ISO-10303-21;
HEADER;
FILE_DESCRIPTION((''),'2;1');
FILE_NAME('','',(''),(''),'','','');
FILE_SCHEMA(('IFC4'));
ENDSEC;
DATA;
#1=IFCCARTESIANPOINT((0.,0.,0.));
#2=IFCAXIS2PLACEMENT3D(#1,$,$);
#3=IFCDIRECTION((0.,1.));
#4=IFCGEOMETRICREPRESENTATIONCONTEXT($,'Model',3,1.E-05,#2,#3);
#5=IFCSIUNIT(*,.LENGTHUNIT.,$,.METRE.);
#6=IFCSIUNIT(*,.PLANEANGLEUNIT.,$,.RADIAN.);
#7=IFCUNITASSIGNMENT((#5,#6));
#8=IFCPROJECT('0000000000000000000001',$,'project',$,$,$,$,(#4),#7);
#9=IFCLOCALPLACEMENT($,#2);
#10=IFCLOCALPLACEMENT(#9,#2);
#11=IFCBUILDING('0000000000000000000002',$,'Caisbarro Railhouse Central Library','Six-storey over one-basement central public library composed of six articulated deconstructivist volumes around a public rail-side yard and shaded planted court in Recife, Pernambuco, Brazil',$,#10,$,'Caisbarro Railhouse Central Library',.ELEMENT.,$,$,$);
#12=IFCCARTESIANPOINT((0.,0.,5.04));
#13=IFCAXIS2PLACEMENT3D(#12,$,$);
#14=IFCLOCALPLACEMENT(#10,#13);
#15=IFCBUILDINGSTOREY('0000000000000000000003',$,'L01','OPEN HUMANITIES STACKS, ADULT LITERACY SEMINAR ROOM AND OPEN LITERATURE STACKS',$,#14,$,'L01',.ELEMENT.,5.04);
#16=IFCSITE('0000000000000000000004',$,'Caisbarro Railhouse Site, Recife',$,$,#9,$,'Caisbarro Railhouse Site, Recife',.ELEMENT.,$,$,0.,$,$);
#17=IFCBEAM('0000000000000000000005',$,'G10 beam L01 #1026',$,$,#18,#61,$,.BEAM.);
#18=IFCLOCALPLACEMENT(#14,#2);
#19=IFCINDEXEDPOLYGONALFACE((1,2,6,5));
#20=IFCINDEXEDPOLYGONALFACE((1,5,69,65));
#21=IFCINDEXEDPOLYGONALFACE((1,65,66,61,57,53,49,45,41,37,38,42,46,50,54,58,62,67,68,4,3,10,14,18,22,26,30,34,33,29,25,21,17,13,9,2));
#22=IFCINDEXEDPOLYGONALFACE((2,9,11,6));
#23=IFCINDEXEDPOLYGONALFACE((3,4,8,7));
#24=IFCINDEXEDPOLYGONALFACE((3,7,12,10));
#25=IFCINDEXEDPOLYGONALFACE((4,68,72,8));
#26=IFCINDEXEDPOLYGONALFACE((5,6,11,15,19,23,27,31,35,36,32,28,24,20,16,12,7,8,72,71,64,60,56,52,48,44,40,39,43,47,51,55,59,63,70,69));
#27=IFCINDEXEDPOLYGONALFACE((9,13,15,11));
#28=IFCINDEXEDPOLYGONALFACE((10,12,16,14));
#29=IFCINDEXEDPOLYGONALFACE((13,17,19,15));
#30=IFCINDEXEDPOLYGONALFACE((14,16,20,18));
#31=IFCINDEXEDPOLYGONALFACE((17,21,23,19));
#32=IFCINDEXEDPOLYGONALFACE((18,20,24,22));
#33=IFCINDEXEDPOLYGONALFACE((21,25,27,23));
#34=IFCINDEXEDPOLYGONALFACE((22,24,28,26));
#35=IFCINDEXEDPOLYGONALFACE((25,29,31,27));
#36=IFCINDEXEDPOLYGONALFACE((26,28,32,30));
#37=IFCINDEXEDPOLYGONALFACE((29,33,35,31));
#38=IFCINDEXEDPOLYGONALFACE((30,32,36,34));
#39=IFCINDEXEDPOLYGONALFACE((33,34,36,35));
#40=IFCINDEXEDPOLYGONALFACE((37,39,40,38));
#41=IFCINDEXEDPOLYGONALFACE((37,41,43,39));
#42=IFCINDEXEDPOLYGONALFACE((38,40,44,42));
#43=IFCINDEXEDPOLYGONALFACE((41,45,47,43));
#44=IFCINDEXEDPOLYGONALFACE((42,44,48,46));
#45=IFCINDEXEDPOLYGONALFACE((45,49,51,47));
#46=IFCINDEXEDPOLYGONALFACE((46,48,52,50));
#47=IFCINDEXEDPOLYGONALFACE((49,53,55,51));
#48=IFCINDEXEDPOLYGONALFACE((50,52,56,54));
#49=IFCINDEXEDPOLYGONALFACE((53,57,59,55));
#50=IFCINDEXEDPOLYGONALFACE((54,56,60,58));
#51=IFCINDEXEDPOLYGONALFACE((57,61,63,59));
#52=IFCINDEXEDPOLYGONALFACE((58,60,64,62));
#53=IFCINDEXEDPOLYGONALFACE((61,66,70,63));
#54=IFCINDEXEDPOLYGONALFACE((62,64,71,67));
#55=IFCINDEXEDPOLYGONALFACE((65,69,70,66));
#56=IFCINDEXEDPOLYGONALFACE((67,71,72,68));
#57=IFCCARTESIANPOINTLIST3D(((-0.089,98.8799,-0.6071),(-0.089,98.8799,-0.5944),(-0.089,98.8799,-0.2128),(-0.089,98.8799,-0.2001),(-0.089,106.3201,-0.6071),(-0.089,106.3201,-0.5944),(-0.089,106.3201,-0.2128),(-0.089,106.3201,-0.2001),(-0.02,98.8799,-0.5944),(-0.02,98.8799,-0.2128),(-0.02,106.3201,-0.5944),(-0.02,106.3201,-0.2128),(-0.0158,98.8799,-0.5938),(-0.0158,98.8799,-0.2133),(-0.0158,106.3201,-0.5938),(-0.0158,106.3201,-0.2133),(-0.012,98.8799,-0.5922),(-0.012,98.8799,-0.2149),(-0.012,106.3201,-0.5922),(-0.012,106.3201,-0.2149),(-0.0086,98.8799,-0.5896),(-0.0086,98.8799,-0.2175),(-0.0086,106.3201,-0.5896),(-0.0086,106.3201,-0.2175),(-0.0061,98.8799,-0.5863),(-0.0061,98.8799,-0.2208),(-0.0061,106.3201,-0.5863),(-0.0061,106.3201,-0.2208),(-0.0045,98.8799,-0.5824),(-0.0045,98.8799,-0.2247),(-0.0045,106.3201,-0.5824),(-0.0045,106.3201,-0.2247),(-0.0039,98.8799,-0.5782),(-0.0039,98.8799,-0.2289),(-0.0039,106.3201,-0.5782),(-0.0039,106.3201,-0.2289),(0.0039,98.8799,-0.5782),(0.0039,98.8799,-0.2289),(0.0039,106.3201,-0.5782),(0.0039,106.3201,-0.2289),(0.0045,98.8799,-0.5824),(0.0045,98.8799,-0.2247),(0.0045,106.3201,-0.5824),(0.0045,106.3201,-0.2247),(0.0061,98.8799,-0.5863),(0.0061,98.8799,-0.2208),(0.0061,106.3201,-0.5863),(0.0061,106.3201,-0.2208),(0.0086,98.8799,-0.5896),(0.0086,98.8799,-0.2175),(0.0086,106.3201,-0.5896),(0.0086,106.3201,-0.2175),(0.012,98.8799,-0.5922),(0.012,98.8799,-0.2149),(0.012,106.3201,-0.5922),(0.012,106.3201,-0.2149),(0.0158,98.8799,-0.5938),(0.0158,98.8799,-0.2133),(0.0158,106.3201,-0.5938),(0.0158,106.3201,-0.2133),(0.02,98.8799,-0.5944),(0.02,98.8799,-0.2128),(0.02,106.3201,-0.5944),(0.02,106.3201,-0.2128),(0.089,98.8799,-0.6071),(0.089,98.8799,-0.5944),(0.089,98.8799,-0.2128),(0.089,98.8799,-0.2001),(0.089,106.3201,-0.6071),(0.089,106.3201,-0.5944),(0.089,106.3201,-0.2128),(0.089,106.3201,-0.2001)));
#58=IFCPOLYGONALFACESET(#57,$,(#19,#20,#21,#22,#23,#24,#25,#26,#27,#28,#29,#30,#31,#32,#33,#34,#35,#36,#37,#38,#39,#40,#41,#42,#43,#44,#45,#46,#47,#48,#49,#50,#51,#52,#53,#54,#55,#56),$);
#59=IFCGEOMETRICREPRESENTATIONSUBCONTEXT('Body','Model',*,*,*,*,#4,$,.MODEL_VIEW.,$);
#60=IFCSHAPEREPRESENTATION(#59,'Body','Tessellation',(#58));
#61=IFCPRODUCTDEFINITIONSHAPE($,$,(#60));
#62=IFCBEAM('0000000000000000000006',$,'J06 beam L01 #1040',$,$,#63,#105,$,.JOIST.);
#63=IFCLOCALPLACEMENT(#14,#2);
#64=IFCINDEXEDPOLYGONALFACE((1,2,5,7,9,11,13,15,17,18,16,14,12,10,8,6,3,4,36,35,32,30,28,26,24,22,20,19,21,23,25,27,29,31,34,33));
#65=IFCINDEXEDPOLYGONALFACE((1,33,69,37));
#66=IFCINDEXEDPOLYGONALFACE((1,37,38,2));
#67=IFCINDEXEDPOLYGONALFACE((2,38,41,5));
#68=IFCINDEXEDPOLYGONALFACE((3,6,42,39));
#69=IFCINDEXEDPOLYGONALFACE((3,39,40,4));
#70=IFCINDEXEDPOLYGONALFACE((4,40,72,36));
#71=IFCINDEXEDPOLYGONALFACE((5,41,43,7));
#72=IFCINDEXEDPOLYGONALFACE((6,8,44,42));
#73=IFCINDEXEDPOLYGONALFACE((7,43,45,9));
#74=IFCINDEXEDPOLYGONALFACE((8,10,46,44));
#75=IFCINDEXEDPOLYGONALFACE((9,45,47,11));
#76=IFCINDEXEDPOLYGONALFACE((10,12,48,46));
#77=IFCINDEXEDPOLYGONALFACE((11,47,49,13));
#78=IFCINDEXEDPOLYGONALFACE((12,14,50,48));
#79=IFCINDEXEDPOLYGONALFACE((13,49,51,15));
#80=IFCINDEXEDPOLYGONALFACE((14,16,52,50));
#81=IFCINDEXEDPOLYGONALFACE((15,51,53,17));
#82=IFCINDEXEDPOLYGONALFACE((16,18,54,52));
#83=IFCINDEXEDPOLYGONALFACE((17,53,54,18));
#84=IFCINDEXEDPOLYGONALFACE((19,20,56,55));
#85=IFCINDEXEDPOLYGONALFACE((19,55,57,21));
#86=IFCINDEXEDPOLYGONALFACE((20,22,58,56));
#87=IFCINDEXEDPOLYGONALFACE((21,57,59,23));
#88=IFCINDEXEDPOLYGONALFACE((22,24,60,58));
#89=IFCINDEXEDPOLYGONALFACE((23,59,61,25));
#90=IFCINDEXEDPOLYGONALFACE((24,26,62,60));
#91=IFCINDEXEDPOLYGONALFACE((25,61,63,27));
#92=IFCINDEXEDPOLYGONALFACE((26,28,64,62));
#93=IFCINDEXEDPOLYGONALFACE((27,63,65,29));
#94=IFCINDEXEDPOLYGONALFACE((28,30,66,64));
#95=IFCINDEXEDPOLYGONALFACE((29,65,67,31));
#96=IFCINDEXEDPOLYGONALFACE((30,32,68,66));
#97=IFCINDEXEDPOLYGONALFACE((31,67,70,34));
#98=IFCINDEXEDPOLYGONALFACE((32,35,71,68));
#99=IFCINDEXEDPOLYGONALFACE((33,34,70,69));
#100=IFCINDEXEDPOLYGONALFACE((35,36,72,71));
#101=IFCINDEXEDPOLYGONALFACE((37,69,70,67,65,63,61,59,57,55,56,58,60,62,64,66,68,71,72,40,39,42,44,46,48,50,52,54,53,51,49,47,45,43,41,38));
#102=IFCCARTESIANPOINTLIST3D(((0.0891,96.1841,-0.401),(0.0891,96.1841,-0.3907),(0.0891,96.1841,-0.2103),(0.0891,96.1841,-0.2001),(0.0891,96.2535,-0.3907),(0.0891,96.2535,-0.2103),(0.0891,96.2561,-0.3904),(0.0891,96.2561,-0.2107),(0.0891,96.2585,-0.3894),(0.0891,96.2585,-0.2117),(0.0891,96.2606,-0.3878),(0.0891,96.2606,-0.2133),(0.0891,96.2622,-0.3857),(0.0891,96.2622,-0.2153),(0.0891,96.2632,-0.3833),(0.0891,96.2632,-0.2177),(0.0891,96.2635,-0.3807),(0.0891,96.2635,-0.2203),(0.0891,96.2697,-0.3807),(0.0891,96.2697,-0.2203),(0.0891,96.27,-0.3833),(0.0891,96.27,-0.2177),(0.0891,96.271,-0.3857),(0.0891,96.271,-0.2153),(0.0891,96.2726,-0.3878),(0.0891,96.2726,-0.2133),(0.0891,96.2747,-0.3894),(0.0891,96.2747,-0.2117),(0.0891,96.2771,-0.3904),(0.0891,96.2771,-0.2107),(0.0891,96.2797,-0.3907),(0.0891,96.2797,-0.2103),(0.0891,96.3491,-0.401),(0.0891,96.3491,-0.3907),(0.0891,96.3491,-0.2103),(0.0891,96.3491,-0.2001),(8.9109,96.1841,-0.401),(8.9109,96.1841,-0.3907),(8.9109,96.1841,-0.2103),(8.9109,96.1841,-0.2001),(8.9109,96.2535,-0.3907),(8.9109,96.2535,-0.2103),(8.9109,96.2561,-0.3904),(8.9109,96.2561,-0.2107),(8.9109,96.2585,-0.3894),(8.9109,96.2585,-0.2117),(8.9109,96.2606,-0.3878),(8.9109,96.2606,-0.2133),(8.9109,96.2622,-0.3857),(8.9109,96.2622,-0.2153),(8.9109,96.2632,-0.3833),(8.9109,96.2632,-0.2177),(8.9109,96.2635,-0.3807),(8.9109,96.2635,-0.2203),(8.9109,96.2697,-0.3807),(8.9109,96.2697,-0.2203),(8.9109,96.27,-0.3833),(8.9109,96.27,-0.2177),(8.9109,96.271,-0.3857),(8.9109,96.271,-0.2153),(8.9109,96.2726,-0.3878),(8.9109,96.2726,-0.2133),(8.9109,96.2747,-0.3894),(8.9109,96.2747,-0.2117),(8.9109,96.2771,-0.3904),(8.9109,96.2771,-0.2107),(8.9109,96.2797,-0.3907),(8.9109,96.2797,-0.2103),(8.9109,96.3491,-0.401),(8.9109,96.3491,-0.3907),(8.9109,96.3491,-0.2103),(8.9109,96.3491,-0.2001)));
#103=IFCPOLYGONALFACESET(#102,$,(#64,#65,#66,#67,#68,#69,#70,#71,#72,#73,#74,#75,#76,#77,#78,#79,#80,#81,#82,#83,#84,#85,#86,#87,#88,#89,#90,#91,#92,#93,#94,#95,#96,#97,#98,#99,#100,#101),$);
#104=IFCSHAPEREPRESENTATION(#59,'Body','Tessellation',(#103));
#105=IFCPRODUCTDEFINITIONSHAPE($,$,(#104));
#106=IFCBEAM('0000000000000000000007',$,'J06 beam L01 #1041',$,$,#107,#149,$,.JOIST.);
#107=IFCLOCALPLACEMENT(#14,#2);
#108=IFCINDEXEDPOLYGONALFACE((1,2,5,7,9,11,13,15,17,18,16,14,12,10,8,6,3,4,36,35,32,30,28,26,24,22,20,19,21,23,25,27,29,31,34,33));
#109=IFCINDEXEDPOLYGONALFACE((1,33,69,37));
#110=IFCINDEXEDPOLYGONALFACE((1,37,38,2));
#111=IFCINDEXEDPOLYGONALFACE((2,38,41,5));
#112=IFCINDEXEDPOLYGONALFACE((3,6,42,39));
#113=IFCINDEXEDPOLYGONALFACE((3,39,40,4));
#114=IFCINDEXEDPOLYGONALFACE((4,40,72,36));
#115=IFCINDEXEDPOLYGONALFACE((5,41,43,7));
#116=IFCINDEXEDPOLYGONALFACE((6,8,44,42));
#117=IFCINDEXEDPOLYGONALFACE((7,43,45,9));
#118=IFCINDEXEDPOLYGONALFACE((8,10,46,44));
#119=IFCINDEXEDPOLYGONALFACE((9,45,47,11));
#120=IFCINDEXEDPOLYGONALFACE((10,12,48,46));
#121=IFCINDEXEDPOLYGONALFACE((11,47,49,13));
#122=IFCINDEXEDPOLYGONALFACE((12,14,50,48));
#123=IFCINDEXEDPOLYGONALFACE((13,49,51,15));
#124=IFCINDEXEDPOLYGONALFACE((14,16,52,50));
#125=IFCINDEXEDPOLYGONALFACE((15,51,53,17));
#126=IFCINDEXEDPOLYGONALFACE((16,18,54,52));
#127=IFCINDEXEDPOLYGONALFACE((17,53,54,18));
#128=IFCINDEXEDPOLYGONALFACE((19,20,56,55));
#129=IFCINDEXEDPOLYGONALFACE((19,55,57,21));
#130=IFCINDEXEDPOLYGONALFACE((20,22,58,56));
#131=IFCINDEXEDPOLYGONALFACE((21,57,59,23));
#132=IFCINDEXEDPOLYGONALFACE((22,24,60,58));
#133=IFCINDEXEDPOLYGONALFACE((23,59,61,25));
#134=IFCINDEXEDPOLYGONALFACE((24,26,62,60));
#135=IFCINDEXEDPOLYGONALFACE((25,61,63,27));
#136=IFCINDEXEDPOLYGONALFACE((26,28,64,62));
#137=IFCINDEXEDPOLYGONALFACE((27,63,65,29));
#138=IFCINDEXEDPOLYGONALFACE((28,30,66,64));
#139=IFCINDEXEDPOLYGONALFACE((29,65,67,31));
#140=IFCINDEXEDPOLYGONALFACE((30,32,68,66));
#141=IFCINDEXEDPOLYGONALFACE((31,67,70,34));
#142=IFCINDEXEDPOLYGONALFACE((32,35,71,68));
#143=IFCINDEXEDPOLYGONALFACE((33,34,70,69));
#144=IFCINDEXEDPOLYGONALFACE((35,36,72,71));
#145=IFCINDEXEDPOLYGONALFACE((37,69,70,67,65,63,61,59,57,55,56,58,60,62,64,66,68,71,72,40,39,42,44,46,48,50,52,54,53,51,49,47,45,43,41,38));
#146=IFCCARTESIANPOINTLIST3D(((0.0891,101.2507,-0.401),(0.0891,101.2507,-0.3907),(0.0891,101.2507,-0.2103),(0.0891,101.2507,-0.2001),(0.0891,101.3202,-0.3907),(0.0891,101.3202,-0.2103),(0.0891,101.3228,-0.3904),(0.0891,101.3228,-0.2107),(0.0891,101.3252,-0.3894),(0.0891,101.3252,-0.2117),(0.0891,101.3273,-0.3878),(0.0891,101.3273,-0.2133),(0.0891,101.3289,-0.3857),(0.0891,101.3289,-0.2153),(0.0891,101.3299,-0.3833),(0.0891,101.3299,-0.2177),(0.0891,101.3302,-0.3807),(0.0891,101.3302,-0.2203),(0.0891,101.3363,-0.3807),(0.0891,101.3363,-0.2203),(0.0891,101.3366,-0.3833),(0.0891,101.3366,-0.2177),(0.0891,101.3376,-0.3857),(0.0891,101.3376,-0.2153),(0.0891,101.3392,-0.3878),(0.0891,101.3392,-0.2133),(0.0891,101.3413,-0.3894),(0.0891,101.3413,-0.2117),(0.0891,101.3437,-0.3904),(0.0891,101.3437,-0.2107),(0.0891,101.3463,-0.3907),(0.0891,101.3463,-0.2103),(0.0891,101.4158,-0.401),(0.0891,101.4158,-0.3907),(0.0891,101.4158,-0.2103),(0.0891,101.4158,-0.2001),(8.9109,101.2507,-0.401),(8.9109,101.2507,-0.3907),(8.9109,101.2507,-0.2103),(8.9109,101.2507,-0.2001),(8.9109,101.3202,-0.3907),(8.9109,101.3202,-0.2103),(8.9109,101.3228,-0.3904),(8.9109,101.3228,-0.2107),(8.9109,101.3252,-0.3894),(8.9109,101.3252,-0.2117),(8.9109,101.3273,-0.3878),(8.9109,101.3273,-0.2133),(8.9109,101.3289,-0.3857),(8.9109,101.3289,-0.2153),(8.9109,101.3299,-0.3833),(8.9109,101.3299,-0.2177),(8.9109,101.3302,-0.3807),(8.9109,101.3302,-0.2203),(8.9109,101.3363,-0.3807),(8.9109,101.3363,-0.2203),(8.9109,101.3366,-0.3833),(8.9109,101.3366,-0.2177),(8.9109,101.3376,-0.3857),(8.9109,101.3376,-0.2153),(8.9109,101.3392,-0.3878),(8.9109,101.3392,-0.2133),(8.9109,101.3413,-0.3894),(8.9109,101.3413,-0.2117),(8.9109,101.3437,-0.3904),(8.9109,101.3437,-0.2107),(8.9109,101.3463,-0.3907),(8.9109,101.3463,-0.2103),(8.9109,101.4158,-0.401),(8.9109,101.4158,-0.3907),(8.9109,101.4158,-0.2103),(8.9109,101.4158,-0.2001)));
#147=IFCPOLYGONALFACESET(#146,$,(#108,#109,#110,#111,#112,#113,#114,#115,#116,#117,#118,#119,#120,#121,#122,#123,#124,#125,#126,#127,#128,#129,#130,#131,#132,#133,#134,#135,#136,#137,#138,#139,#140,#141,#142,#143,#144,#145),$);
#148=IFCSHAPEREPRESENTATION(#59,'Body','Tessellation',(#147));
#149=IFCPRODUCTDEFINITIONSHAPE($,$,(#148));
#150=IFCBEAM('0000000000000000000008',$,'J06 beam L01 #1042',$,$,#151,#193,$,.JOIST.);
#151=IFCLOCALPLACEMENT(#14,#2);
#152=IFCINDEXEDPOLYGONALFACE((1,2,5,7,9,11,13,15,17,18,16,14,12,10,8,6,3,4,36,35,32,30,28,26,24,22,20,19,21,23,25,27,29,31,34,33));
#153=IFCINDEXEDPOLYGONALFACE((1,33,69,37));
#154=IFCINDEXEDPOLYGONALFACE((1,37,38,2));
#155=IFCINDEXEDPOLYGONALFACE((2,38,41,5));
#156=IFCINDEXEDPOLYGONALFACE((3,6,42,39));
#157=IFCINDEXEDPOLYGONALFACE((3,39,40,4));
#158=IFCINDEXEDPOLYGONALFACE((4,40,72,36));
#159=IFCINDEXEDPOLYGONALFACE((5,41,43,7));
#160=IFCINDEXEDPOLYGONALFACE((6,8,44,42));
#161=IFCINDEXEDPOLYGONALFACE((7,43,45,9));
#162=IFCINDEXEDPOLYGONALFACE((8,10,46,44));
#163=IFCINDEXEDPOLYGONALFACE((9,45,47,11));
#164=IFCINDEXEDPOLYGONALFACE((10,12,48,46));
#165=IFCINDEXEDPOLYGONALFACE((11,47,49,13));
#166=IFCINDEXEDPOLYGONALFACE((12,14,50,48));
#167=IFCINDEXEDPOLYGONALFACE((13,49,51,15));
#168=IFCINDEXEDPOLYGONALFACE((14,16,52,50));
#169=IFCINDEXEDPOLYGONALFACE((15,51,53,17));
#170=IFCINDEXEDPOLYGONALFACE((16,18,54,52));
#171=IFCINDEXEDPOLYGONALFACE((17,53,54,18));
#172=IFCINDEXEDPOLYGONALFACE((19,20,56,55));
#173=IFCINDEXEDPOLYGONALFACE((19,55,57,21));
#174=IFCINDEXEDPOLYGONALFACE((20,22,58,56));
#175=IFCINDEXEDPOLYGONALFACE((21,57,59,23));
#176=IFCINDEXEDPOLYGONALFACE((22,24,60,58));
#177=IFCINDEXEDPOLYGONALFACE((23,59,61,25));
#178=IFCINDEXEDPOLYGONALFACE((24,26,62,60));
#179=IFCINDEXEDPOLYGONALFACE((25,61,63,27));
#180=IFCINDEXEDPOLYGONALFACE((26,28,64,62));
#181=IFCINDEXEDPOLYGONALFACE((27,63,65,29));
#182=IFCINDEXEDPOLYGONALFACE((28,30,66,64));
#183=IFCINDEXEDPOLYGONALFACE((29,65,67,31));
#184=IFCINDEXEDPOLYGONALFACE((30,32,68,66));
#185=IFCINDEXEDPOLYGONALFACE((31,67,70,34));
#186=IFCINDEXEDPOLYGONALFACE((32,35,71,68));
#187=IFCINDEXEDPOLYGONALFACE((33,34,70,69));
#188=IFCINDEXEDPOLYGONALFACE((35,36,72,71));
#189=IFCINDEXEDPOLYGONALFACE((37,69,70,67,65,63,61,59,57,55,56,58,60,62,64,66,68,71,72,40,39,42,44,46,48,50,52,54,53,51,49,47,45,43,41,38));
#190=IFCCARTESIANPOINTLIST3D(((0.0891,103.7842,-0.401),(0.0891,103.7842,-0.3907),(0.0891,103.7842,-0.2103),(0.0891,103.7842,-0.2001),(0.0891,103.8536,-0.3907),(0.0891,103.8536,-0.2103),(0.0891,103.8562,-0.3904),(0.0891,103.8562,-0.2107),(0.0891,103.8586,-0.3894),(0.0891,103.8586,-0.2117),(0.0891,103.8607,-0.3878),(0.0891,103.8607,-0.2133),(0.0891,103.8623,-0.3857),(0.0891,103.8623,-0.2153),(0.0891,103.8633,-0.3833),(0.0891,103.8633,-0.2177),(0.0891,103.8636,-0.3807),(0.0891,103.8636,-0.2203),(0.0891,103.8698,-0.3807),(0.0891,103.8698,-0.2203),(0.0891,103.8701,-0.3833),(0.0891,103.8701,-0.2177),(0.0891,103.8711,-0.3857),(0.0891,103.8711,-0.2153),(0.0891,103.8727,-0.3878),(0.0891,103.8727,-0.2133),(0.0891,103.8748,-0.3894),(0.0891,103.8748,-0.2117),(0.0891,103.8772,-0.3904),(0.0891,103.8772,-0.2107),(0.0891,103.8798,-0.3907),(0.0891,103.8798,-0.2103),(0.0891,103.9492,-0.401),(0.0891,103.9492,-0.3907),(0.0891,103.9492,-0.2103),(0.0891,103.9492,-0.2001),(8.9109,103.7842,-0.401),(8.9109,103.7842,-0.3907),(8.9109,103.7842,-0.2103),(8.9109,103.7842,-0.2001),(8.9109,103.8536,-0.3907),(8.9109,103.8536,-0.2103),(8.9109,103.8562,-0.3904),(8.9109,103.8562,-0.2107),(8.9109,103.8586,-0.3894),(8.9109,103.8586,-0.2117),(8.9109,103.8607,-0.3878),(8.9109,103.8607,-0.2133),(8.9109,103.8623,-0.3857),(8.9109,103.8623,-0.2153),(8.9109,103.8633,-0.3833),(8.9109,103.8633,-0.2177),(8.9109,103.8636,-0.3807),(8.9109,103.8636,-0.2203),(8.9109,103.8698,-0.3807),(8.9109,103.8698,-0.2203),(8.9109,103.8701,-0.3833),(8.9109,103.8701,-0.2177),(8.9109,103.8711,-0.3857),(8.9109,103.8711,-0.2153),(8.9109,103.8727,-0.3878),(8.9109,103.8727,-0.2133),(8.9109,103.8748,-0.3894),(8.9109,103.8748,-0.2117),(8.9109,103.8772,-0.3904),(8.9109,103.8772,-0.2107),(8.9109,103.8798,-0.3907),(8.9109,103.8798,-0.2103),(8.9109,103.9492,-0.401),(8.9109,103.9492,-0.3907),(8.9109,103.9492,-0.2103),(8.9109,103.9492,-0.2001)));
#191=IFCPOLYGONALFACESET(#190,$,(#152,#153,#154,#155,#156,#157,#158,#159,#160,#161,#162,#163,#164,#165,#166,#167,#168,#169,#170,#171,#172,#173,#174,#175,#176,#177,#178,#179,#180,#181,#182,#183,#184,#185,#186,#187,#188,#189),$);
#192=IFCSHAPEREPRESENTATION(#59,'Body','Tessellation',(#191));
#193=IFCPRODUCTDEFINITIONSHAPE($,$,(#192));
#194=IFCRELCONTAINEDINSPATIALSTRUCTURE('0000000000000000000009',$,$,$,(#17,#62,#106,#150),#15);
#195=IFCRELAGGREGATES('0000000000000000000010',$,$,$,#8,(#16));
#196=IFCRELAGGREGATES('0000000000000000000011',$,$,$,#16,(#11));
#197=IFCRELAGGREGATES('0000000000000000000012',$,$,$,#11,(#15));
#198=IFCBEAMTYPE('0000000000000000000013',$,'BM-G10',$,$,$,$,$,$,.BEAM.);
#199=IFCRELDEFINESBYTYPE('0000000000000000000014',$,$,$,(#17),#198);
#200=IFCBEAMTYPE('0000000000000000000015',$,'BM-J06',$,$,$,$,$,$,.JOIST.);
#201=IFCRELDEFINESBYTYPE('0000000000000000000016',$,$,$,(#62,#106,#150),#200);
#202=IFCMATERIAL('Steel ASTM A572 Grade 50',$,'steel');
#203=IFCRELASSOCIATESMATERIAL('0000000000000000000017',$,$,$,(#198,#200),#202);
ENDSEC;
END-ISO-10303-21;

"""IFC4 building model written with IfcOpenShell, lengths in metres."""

from ifc_helpers import new_model, si_unit, direction, frame, origin, origin_2d, place, context, subcontext, project, spatial, i_section, extrude, material, material_profile, profile_set, type_object, element, save


model = new_model("IFC4")

# Units and contexts
model_context = context("Model", 3, precision=1e-05, world=origin(), true_north=direction((0.0, 1.0)))
body_context = subcontext(model_context, "Body", "Model", "MODEL_VIEW")
ifc_project = project(units=[si_unit("LENGTHUNIT", "METRE"), si_unit("PLANEANGLEUNIT", "RADIAN")], contexts=[model_context])

# Site, building, storey
site_placement = place(None, origin())
site = spatial("IfcSite", under=ifc_project, at=site_placement, Name="Caisbarro Railhouse Site, Recife", LongName="Caisbarro Railhouse Site, Recife", CompositionType="ELEMENT", RefElevation=0.0)
building_placement = place(site_placement, origin())
building = spatial("IfcBuilding", under=site, at=building_placement, Name="Caisbarro Railhouse Central Library", Description="Six-storey over one-basement central public library composed of six articulated deconstructivist volumes around a public rail-side yard and shaded planted court in Recife, Pernambuco, Brazil", LongName="Caisbarro Railhouse Central Library", CompositionType="ELEMENT")
storey_placement = place(building_placement, frame((0.0, 0.0, 5.04)))
storey = spatial("IfcBuildingStorey", under=building, at=storey_placement, Name="L01", Description="OPEN HUMANITIES STACKS, ADULT LITERACY SEMINAR ROOM AND OPEN LITERATURE STACKS", LongName="L01", CompositionType="ELEMENT", Elevation=5.04)

# Shared definitions
ifc_material_1 = material(Name="Steel ASTM A572 Grade 50", Category="steel")

# Beams
ifc_material_profile_1 = material_profile(ifc_material_1, i_section(OverallWidth=0.178, OverallDepth=0.407, WebThickness=0.0078, FlangeThickness=0.0127, FilletRadius=0.0161, at=origin_2d()), Name="W410X60.0")
ifc_profile_set_1 = profile_set([ifc_material_profile_1], Name="Steel ASTM A572 Grade 50")
beam_type_1 = type_object("IfcBeamType", Name="BM-G10", PredefinedType="BEAM", material=ifc_profile_set_1)
beam_1_placement = place(storey_placement, frame((0.0, 98.8799, -0.4036), z_axis=(0.0, 1.0, 0.0), x_axis=(-1.0, 0.0, 0.0)))
element("IfcBeam", 1, at=beam_1_placement, inside=storey, type_object=beam_type_1, Name="G10 beam L01 #1026", PredefinedType="BEAM", context=body_context, shape_type="SweptSolid", body=[
    extrude(i_section(OverallWidth=0.178, OverallDepth=0.407, WebThickness=0.0078, FlangeThickness=0.0127, FilletRadius=0.0161, at=origin_2d()), origin(), (0.0, 0.0, 1.0), 7.4402),
])
ifc_material_profile_2 = material_profile(ifc_material_1, i_section(OverallWidth=0.165, OverallDepth=0.2009, WebThickness=0.0061, FlangeThickness=0.0103, FilletRadius=0.01, at=origin_2d()), Name="W200X35.9")
ifc_profile_set_2 = profile_set([ifc_material_profile_2], Name="Steel ASTM A572 Grade 50")
beam_type_2 = type_object("IfcBeamType", Name="BM-J06", PredefinedType="JOIST", material=ifc_profile_set_2)
for number, where, z_axis, x_axis, name in (
    (2, (0.0891, 96.2666, -0.3005), (1.0, 0.0, 0.0), (0.0, 1.0, 0.0), "J06 beam L01 #1040"),
    (3, (0.0891, 101.3333, -0.3005), (1.0, 0.0, 0.0), (0.0, 1.0, 0.0), "J06 beam L01 #1041"),
    (4, (0.0891, 103.8667, -0.3005), (1.0, 0.0, 0.0), (0.0, 1.0, 0.0), "J06 beam L01 #1042"),
):
    element("IfcBeam", number, at=place(storey_placement, frame(where, z_axis=z_axis, x_axis=x_axis)), inside=storey, type_object=beam_type_2, Name=name, PredefinedType="JOIST", context=body_context, shape_type="SweptSolid", body=[
        extrude(i_section(OverallWidth=0.165, OverallDepth=0.2009, WebThickness=0.0061, FlangeThickness=0.0103, FilletRadius=0.01, at=origin_2d()), origin(), (0.0, 0.0, 1.0), 8.8218),
    ])

save(model, "model.ifc")
